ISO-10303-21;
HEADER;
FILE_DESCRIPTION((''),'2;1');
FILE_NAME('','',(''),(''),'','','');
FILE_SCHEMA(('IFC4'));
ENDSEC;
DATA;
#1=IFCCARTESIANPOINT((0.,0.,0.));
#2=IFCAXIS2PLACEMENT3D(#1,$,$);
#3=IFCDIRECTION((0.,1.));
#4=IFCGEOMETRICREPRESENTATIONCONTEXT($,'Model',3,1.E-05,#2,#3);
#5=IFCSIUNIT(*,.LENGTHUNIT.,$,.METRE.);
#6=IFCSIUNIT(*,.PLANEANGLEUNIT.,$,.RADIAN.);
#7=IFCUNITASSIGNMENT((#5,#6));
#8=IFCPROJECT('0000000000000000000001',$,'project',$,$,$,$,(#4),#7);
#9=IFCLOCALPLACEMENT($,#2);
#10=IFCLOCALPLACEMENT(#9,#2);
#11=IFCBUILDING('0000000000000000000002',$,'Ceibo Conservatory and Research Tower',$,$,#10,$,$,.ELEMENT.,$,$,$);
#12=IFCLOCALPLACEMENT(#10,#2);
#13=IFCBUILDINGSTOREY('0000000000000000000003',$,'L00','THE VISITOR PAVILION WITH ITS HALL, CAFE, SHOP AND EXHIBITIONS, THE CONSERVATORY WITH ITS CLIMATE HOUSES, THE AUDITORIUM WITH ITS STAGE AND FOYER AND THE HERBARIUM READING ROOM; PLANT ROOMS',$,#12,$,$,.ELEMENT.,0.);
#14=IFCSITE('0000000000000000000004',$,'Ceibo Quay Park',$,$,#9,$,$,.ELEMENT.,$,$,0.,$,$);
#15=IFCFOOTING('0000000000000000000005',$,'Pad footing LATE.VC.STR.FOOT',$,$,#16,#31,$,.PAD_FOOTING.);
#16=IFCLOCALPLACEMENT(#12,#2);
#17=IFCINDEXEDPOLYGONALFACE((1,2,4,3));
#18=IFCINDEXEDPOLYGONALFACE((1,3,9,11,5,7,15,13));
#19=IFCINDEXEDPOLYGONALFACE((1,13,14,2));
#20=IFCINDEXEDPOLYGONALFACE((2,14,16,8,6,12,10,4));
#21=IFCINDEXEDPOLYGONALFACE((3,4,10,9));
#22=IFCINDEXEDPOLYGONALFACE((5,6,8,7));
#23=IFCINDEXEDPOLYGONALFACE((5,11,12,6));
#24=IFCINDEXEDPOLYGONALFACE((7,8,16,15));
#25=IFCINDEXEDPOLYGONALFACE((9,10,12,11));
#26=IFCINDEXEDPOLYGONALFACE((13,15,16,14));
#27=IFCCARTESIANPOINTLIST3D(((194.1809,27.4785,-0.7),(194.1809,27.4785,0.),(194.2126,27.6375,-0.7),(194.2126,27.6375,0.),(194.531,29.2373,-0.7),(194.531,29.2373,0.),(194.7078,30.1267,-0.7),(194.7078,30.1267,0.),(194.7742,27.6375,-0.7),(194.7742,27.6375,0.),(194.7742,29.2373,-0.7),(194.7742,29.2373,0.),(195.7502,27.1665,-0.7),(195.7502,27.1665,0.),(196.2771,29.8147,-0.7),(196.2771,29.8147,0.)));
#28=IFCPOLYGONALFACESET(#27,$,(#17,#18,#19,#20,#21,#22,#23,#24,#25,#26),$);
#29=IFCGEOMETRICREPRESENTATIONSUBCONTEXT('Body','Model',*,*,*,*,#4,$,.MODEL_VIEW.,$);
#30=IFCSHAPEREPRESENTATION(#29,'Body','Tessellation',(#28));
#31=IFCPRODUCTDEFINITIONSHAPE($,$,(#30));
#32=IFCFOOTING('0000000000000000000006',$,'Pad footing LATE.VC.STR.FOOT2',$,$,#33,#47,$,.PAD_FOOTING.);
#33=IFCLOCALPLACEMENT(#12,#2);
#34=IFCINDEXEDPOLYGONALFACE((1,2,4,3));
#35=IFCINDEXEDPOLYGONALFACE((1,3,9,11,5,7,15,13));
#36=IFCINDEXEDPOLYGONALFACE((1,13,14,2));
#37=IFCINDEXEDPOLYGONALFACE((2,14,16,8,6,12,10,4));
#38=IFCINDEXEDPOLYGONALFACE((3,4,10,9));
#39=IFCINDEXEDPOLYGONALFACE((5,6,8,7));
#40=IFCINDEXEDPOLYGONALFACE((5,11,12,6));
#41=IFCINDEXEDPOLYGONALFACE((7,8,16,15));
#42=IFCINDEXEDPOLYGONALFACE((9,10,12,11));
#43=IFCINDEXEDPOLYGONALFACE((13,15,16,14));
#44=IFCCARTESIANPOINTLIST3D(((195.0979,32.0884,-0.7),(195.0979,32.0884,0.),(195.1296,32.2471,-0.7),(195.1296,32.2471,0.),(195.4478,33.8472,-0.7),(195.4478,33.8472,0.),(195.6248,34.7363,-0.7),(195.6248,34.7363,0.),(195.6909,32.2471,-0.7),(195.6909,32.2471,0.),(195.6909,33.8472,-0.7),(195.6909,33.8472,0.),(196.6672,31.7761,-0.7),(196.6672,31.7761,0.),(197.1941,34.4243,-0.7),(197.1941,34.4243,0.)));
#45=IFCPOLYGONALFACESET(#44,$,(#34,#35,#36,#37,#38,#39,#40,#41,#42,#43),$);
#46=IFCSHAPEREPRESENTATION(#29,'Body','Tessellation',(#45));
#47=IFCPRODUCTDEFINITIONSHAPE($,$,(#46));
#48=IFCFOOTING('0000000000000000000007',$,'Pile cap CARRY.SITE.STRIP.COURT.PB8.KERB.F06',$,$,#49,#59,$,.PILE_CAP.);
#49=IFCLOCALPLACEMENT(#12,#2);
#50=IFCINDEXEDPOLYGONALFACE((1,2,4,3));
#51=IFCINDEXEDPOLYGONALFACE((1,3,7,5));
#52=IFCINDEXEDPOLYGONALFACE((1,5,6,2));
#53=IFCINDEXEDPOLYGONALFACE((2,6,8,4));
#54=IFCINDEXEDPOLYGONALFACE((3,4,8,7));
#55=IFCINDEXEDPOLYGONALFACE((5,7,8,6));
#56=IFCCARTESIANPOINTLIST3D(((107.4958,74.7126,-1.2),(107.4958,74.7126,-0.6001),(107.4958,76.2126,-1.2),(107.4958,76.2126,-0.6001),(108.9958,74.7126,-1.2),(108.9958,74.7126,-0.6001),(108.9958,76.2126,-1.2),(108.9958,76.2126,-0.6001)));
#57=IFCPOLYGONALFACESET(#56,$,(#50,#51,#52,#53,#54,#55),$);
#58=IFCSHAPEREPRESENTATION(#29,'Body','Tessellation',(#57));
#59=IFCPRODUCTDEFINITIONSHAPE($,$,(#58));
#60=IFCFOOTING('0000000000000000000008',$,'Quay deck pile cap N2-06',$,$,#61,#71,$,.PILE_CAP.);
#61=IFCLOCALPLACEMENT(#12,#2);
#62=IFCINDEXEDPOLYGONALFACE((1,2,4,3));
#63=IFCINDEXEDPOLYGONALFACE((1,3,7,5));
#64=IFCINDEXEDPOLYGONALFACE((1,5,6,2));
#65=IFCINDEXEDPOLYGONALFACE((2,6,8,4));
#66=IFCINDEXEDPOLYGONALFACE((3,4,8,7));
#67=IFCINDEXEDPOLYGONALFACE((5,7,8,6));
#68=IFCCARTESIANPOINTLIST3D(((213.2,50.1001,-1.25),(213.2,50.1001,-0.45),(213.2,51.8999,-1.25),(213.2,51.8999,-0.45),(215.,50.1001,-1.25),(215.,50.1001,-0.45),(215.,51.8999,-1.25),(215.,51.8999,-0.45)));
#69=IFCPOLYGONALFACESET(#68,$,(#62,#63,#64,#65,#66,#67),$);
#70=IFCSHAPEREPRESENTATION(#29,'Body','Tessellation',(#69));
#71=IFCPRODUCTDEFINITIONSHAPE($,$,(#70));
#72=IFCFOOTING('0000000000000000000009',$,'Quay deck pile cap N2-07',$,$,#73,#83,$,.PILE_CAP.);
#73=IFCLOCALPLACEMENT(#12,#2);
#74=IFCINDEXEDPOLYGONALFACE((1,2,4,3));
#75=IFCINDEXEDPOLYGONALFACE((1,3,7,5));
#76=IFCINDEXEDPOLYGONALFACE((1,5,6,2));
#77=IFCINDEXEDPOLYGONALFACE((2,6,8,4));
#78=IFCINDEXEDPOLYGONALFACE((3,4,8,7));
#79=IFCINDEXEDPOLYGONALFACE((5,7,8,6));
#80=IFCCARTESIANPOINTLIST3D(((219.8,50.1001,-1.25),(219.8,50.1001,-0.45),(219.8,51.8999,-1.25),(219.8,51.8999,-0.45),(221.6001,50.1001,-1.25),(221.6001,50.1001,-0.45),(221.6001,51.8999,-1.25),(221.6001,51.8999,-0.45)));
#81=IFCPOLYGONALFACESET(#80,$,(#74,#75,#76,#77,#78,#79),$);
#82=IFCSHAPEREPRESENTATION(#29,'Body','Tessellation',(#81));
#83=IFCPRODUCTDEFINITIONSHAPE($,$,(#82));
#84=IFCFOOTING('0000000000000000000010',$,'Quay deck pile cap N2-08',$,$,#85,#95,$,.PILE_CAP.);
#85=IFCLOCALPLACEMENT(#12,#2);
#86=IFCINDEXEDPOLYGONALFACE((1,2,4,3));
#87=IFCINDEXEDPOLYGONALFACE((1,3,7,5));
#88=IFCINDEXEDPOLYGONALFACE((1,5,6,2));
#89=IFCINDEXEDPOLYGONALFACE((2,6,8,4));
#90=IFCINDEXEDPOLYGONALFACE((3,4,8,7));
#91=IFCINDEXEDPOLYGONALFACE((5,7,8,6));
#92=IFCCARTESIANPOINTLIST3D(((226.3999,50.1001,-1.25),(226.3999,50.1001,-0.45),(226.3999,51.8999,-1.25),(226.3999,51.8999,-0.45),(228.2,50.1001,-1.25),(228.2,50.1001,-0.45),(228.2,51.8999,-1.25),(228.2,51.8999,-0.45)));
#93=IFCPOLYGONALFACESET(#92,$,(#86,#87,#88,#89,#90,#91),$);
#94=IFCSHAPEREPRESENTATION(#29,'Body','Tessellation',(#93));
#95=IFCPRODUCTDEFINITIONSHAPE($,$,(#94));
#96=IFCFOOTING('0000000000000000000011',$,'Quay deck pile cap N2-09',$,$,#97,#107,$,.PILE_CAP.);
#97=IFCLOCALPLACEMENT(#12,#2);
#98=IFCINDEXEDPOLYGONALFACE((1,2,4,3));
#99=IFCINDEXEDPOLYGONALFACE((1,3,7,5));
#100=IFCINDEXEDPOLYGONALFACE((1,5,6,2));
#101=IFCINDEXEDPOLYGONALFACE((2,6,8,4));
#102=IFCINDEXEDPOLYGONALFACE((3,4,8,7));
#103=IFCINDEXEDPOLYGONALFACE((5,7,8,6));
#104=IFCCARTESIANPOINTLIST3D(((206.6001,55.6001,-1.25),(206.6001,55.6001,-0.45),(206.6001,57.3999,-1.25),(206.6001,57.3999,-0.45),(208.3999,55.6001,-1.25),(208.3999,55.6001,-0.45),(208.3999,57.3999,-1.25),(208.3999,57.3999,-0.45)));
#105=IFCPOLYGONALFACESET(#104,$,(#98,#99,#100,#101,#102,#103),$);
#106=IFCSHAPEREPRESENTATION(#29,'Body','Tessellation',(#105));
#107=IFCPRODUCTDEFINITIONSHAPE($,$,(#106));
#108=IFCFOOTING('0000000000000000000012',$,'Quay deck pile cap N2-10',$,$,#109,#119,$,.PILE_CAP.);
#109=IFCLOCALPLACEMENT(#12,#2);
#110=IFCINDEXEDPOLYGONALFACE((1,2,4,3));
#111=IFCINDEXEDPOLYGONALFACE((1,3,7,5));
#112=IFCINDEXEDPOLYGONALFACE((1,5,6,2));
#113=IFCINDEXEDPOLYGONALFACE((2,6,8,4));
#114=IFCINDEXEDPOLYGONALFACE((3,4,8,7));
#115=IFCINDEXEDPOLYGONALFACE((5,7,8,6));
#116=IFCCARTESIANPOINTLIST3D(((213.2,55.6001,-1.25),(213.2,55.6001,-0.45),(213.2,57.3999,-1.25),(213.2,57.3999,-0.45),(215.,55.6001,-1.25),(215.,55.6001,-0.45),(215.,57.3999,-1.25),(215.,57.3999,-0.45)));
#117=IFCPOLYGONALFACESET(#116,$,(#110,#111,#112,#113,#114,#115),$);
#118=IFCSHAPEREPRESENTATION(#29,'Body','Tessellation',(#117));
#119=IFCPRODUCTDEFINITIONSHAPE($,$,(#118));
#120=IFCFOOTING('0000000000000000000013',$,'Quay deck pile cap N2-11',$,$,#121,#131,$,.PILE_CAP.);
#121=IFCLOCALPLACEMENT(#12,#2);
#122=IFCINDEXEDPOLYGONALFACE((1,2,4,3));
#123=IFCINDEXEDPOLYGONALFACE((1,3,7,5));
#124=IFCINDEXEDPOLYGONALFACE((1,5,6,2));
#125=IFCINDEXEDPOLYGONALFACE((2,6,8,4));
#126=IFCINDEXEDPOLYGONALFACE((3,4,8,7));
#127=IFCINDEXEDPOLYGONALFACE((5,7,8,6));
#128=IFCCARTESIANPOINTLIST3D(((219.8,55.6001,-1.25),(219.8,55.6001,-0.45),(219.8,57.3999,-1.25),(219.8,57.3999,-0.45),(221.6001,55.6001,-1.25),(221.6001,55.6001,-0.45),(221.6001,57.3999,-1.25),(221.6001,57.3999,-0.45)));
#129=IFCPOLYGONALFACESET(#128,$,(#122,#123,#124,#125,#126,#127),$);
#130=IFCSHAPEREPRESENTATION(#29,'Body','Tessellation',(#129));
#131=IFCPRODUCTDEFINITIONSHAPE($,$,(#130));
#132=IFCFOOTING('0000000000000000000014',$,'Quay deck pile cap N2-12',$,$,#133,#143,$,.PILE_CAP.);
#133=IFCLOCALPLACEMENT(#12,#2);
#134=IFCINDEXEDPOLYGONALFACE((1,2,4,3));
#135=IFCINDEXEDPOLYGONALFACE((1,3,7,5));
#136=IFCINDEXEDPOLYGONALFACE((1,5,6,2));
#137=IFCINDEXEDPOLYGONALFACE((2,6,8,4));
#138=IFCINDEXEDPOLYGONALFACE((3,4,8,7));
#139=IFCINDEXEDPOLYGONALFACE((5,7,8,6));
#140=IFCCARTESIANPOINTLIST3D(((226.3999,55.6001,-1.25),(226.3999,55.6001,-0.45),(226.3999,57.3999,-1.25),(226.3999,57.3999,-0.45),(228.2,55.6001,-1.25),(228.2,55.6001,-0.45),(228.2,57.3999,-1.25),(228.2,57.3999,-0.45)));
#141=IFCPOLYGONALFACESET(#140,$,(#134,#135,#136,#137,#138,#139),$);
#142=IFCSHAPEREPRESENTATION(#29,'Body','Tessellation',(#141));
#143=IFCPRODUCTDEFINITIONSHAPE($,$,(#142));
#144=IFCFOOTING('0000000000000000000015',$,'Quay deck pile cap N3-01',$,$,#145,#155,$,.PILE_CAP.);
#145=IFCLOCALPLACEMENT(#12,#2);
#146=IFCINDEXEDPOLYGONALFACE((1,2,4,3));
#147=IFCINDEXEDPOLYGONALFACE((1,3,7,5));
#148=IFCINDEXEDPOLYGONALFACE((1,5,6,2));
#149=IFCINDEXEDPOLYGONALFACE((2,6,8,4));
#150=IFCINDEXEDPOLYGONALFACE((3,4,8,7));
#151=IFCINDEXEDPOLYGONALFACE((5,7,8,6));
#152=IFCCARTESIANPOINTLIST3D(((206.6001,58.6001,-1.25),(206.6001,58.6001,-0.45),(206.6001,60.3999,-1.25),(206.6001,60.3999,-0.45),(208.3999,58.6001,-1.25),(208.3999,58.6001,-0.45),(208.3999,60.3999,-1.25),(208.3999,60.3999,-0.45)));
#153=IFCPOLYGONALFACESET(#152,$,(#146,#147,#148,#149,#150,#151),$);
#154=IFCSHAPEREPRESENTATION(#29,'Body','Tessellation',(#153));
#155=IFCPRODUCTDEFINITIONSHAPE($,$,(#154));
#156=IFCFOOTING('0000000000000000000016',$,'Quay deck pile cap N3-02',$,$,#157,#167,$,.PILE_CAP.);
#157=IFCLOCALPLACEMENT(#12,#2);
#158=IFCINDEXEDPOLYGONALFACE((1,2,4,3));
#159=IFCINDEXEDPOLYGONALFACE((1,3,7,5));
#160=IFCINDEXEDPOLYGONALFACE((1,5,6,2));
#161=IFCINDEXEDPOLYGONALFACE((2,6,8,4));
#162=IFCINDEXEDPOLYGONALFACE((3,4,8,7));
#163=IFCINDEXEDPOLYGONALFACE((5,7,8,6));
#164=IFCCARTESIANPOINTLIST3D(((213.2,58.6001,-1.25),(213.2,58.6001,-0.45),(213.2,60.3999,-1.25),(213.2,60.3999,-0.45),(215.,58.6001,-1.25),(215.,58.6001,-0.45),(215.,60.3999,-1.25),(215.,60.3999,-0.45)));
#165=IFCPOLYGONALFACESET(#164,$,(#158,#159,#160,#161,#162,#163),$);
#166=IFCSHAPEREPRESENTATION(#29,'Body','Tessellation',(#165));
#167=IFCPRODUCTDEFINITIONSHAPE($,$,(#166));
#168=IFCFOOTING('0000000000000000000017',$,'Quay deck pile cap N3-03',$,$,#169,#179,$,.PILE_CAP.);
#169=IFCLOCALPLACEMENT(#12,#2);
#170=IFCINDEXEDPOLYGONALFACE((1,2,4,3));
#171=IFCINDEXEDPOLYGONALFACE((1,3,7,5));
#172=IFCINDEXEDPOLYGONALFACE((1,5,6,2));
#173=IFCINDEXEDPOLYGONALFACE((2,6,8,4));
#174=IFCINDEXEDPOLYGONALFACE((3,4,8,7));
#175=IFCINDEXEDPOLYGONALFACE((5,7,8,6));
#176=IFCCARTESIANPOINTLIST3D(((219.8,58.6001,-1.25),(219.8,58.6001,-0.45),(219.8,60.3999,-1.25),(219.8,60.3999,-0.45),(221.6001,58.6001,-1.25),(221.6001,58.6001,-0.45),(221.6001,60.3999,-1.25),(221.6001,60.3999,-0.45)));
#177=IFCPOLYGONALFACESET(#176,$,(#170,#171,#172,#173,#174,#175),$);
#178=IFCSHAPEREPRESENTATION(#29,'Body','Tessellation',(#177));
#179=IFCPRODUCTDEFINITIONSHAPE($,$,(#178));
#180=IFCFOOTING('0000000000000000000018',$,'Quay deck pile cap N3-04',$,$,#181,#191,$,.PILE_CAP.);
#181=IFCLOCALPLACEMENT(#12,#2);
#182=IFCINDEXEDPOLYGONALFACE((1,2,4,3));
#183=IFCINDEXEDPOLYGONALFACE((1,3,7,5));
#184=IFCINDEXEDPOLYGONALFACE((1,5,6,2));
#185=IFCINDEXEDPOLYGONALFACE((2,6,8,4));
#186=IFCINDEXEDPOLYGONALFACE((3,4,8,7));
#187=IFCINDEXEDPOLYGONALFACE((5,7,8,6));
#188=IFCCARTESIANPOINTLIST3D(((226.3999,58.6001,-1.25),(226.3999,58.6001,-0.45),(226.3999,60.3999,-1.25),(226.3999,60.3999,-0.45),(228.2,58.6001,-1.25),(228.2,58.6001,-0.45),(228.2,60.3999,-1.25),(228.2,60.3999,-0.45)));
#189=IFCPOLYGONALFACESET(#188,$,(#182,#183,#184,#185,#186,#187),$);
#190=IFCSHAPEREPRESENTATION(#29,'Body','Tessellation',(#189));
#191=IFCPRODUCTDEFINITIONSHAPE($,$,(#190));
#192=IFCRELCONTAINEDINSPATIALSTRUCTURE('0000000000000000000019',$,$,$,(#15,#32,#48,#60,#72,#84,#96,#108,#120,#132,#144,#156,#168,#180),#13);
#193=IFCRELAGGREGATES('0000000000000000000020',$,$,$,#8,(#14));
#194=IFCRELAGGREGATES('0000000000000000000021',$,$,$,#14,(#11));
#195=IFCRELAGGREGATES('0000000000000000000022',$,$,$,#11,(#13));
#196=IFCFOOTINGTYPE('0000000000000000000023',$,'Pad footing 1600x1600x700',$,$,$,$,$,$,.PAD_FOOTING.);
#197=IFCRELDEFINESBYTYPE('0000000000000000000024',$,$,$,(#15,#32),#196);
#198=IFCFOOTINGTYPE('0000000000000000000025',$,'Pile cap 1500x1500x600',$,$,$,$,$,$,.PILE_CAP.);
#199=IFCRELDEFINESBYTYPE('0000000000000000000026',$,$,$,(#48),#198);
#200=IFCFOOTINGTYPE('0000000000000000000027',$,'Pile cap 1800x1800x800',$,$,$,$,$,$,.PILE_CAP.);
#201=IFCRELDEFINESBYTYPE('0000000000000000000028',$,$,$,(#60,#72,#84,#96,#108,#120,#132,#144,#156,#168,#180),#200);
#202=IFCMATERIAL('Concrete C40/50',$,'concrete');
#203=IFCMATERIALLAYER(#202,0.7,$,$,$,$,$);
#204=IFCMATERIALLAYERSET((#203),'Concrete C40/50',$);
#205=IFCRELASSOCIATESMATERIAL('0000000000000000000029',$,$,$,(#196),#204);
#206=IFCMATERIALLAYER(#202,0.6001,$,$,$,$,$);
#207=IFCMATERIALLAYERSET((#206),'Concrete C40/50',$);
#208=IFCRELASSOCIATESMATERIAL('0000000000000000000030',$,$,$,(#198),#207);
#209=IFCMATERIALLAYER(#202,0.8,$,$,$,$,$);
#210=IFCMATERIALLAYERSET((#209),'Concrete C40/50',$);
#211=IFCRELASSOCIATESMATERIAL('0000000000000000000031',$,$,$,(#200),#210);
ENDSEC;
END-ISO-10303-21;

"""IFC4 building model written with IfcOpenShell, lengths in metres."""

from ifc_helpers import new_model, si_unit, direction, frame, origin, place, context, subcontext, project, spatial, polyline, outline, extrude, material, layer, layer_set, type_object, element, save


model = new_model("IFC4")

# Units and contexts
model_context = context("Model", 3, precision=1e-05, world=origin(), true_north=direction((0.0, 1.0)))
body_context = subcontext(model_context, "Body", "Model", "MODEL_VIEW")
ifc_project = project(units=[si_unit("LENGTHUNIT", "METRE"), si_unit("PLANEANGLEUNIT", "RADIAN")], contexts=[model_context])

# Site, building, storey
site_placement = place(None, origin())
site = spatial("IfcSite", under=ifc_project, at=site_placement, Name="Ceibo Quay Park", CompositionType="ELEMENT", RefElevation=0.0)
building_placement = place(site_placement, origin())
building = spatial("IfcBuilding", under=site, at=building_placement, Name="Ceibo Conservatory and Research Tower", CompositionType="ELEMENT")
storey_placement = place(building_placement, origin())
storey = spatial("IfcBuildingStorey", under=building, at=storey_placement, Name="L00", Description="THE VISITOR PAVILION WITH ITS HALL, CAFE, SHOP AND EXHIBITIONS, THE CONSERVATORY WITH ITS CLIMATE HOUSES, THE AUDITORIUM WITH ITS STAGE AND FOYER AND THE HERBARIUM READING ROOM; PLANT ROOMS", CompositionType="ELEMENT", Elevation=0.0)

# Footings
ifc_material = material(Name="Concrete C40/50", Category="concrete")
ifc_layer_1 = layer(ifc_material, 0.7)
ifc_layer_set_1 = layer_set([ifc_layer_1], Name="Concrete C40/50")
footing_type_1 = type_object("IfcFootingType", Name="Pad footing 1600x1600x700", PredefinedType="PAD_FOOTING", material=ifc_layer_set_1)
footing_1_placement = place(storey_placement, frame((0.0, 0.0, -0.7)))
element("IfcFooting", 1, at=footing_1_placement, inside=storey, type_object=footing_type_1, Name="Pad footing LATE.VC.STR.FOOT", PredefinedType="PAD_FOOTING", context=body_context, shape_type="SweptSolid", body=[
    extrude(outline(polyline([(194.7078, 30.1267), (196.2771, 29.8147), (195.7502, 27.1665), (194.1809, 27.4785), (194.2126, 27.6375), (194.7742, 27.6375), (194.7742, 29.2373), (194.531, 29.2373), (194.7078, 30.1267)])), origin(), (0.0, 0.0, 1.0), 0.7),
])
footing_2_placement = place(storey_placement, frame((0.0, 0.0, -0.7)))
element("IfcFooting", 2, at=footing_2_placement, inside=storey, type_object=footing_type_1, Name="Pad footing LATE.VC.STR.FOOT2", PredefinedType="PAD_FOOTING", context=body_context, shape_type="SweptSolid", body=[
    extrude(outline(polyline([(195.6248, 34.7363), (197.1941, 34.4243), (196.6672, 31.7761), (195.0979, 32.0884), (195.1296, 32.2471), (195.6909, 32.2471), (195.6909, 33.8472), (195.4478, 33.8472), (195.6248, 34.7363)])), origin(), (0.0, 0.0, 1.0), 0.7),
])
ifc_layer_2 = layer(ifc_material, 0.6001)
ifc_layer_set_2 = layer_set([ifc_layer_2], Name="Concrete C40/50")
footing_type_2 = type_object("IfcFootingType", Name="Pile cap 1500x1500x600", PredefinedType="PILE_CAP", material=ifc_layer_set_2)
footing_3_placement = place(storey_placement, frame((0.0, 0.0, -1.2)))
element("IfcFooting", 3, at=footing_3_placement, inside=storey, type_object=footing_type_2, Name="Pile cap CARRY.SITE.STRIP.COURT.PB8.KERB.F06", PredefinedType="PILE_CAP", context=body_context, shape_type="SweptSolid", body=[
    extrude(outline(polyline([(108.9958, 74.7126), (108.9958, 76.2126), (107.4958, 76.2126), (107.4958, 74.7126), (108.9958, 74.7126)])), origin(), (0.0, 0.0, 1.0), 0.5999),
])
ifc_layer_3 = layer(ifc_material, 0.8)
ifc_layer_set_3 = layer_set([ifc_layer_3], Name="Concrete C40/50")
footing_type_3 = type_object("IfcFootingType", Name="Pile cap 1800x1800x800", PredefinedType="PILE_CAP", material=ifc_layer_set_3)
footing_4_placement = place(storey_placement, frame((0.0, 0.0, -1.25)))
element("IfcFooting", 4, at=footing_4_placement, inside=storey, type_object=footing_type_3, Name="Quay deck pile cap N2-06", PredefinedType="PILE_CAP", context=body_context, shape_type="SweptSolid", body=[
    extrude(outline(polyline([(213.2, 50.1001), (215.0, 50.1001), (215.0, 51.8999), (213.2, 51.8999), (213.2, 50.1001)])), origin(), (0.0, 0.0, 1.0), 0.8),
])
footing_5_placement = place(storey_placement, frame((0.0, 0.0, -1.25)))
element("IfcFooting", 5, at=footing_5_placement, inside=storey, type_object=footing_type_3, Name="Quay deck pile cap N2-07", PredefinedType="PILE_CAP", context=body_context, shape_type="SweptSolid", body=[
    extrude(outline(polyline([(219.8, 50.1001), (221.6001, 50.1001), (221.6001, 51.8999), (219.8, 51.8999), (219.8, 50.1001)])), origin(), (0.0, 0.0, 1.0), 0.8),
])
footing_6_placement = place(storey_placement, frame((0.0, 0.0, -1.25)))
element("IfcFooting", 6, at=footing_6_placement, inside=storey, type_object=footing_type_3, Name="Quay deck pile cap N2-08", PredefinedType="PILE_CAP", context=body_context, shape_type="SweptSolid", body=[
    extrude(outline(polyline([(226.3999, 50.1001), (228.2, 50.1001), (228.2, 51.8999), (226.3999, 51.8999), (226.3999, 50.1001)])), origin(), (0.0, 0.0, 1.0), 0.8),
])
footing_7_placement = place(storey_placement, frame((0.0, 0.0, -1.25)))
element("IfcFooting", 7, at=footing_7_placement, inside=storey, type_object=footing_type_3, Name="Quay deck pile cap N2-09", PredefinedType="PILE_CAP", context=body_context, shape_type="SweptSolid", body=[
    extrude(outline(polyline([(206.6001, 55.6001), (208.3999, 55.6001), (208.3999, 57.3999), (206.6001, 57.3999), (206.6001, 55.6001)])), origin(), (0.0, 0.0, 1.0), 0.8),
])
footing_8_placement = place(storey_placement, frame((0.0, 0.0, -1.25)))
element("IfcFooting", 8, at=footing_8_placement, inside=storey, type_object=footing_type_3, Name="Quay deck pile cap N2-10", PredefinedType="PILE_CAP", context=body_context, shape_type="SweptSolid", body=[
    extrude(outline(polyline([(213.2, 55.6001), (215.0, 55.6001), (215.0, 57.3999), (213.2, 57.3999), (213.2, 55.6001)])), origin(), (0.0, 0.0, 1.0), 0.8),
])
footing_9_placement = place(storey_placement, frame((0.0, 0.0, -1.25)))
element("IfcFooting", 9, at=footing_9_placement, inside=storey, type_object=footing_type_3, Name="Quay deck pile cap N2-11", PredefinedType="PILE_CAP", context=body_context, shape_type="SweptSolid", body=[
    extrude(outline(polyline([(219.8, 55.6001), (221.6001, 55.6001), (221.6001, 57.3999), (219.8, 57.3999), (219.8, 55.6001)])), origin(), (0.0, 0.0, 1.0), 0.8),
])
footing_10_placement = place(storey_placement, frame((0.0, 0.0, -1.25)))
element("IfcFooting", 10, at=footing_10_placement, inside=storey, type_object=footing_type_3, Name="Quay deck pile cap N2-12", PredefinedType="PILE_CAP", context=body_context, shape_type="SweptSolid", body=[
    extrude(outline(polyline([(226.3999, 55.6001), (228.2, 55.6001), (228.2, 57.3999), (226.3999, 57.3999), (226.3999, 55.6001)])), origin(), (0.0, 0.0, 1.0), 0.8),
])
footing_11_placement = place(storey_placement, frame((0.0, 0.0, -1.25)))
element("IfcFooting", 11, at=footing_11_placement, inside=storey, type_object=footing_type_3, Name="Quay deck pile cap N3-01", PredefinedType="PILE_CAP", context=body_context, shape_type="SweptSolid", body=[
    extrude(outline(polyline([(206.6001, 58.6001), (208.3999, 58.6001), (208.3999, 60.3999), (206.6001, 60.3999), (206.6001, 58.6001)])), origin(), (0.0, 0.0, 1.0), 0.8),
])
footing_12_placement = place(storey_placement, frame((0.0, 0.0, -1.25)))
element("IfcFooting", 12, at=footing_12_placement, inside=storey, type_object=footing_type_3, Name="Quay deck pile cap N3-02", PredefinedType="PILE_CAP", context=body_context, shape_type="SweptSolid", body=[
    extrude(outline(polyline([(213.2, 58.6001), (215.0, 58.6001), (215.0, 60.3999), (213.2, 60.3999), (213.2, 58.6001)])), origin(), (0.0, 0.0, 1.0), 0.8),
])
footing_13_placement = place(storey_placement, frame((0.0, 0.0, -1.25)))
element("IfcFooting", 13, at=footing_13_placement, inside=storey, type_object=footing_type_3, Name="Quay deck pile cap N3-03", PredefinedType="PILE_CAP", context=body_context, shape_type="SweptSolid", body=[
    extrude(outline(polyline([(219.8, 58.6001), (221.6001, 58.6001), (221.6001, 60.3999), (219.8, 60.3999), (219.8, 58.6001)])), origin(), (0.0, 0.0, 1.0), 0.8),
])
footing_14_placement = place(storey_placement, frame((0.0, 0.0, -1.25)))
element("IfcFooting", 14, at=footing_14_placement, inside=storey, type_object=footing_type_3, Name="Quay deck pile cap N3-04", PredefinedType="PILE_CAP", context=body_context, shape_type="SweptSolid", body=[
    extrude(outline(polyline([(226.3999, 58.6001), (228.2, 58.6001), (228.2, 60.3999), (226.3999, 60.3999), (226.3999, 58.6001)])), origin(), (0.0, 0.0, 1.0), 0.8),
])

save(model, "model.ifc")
